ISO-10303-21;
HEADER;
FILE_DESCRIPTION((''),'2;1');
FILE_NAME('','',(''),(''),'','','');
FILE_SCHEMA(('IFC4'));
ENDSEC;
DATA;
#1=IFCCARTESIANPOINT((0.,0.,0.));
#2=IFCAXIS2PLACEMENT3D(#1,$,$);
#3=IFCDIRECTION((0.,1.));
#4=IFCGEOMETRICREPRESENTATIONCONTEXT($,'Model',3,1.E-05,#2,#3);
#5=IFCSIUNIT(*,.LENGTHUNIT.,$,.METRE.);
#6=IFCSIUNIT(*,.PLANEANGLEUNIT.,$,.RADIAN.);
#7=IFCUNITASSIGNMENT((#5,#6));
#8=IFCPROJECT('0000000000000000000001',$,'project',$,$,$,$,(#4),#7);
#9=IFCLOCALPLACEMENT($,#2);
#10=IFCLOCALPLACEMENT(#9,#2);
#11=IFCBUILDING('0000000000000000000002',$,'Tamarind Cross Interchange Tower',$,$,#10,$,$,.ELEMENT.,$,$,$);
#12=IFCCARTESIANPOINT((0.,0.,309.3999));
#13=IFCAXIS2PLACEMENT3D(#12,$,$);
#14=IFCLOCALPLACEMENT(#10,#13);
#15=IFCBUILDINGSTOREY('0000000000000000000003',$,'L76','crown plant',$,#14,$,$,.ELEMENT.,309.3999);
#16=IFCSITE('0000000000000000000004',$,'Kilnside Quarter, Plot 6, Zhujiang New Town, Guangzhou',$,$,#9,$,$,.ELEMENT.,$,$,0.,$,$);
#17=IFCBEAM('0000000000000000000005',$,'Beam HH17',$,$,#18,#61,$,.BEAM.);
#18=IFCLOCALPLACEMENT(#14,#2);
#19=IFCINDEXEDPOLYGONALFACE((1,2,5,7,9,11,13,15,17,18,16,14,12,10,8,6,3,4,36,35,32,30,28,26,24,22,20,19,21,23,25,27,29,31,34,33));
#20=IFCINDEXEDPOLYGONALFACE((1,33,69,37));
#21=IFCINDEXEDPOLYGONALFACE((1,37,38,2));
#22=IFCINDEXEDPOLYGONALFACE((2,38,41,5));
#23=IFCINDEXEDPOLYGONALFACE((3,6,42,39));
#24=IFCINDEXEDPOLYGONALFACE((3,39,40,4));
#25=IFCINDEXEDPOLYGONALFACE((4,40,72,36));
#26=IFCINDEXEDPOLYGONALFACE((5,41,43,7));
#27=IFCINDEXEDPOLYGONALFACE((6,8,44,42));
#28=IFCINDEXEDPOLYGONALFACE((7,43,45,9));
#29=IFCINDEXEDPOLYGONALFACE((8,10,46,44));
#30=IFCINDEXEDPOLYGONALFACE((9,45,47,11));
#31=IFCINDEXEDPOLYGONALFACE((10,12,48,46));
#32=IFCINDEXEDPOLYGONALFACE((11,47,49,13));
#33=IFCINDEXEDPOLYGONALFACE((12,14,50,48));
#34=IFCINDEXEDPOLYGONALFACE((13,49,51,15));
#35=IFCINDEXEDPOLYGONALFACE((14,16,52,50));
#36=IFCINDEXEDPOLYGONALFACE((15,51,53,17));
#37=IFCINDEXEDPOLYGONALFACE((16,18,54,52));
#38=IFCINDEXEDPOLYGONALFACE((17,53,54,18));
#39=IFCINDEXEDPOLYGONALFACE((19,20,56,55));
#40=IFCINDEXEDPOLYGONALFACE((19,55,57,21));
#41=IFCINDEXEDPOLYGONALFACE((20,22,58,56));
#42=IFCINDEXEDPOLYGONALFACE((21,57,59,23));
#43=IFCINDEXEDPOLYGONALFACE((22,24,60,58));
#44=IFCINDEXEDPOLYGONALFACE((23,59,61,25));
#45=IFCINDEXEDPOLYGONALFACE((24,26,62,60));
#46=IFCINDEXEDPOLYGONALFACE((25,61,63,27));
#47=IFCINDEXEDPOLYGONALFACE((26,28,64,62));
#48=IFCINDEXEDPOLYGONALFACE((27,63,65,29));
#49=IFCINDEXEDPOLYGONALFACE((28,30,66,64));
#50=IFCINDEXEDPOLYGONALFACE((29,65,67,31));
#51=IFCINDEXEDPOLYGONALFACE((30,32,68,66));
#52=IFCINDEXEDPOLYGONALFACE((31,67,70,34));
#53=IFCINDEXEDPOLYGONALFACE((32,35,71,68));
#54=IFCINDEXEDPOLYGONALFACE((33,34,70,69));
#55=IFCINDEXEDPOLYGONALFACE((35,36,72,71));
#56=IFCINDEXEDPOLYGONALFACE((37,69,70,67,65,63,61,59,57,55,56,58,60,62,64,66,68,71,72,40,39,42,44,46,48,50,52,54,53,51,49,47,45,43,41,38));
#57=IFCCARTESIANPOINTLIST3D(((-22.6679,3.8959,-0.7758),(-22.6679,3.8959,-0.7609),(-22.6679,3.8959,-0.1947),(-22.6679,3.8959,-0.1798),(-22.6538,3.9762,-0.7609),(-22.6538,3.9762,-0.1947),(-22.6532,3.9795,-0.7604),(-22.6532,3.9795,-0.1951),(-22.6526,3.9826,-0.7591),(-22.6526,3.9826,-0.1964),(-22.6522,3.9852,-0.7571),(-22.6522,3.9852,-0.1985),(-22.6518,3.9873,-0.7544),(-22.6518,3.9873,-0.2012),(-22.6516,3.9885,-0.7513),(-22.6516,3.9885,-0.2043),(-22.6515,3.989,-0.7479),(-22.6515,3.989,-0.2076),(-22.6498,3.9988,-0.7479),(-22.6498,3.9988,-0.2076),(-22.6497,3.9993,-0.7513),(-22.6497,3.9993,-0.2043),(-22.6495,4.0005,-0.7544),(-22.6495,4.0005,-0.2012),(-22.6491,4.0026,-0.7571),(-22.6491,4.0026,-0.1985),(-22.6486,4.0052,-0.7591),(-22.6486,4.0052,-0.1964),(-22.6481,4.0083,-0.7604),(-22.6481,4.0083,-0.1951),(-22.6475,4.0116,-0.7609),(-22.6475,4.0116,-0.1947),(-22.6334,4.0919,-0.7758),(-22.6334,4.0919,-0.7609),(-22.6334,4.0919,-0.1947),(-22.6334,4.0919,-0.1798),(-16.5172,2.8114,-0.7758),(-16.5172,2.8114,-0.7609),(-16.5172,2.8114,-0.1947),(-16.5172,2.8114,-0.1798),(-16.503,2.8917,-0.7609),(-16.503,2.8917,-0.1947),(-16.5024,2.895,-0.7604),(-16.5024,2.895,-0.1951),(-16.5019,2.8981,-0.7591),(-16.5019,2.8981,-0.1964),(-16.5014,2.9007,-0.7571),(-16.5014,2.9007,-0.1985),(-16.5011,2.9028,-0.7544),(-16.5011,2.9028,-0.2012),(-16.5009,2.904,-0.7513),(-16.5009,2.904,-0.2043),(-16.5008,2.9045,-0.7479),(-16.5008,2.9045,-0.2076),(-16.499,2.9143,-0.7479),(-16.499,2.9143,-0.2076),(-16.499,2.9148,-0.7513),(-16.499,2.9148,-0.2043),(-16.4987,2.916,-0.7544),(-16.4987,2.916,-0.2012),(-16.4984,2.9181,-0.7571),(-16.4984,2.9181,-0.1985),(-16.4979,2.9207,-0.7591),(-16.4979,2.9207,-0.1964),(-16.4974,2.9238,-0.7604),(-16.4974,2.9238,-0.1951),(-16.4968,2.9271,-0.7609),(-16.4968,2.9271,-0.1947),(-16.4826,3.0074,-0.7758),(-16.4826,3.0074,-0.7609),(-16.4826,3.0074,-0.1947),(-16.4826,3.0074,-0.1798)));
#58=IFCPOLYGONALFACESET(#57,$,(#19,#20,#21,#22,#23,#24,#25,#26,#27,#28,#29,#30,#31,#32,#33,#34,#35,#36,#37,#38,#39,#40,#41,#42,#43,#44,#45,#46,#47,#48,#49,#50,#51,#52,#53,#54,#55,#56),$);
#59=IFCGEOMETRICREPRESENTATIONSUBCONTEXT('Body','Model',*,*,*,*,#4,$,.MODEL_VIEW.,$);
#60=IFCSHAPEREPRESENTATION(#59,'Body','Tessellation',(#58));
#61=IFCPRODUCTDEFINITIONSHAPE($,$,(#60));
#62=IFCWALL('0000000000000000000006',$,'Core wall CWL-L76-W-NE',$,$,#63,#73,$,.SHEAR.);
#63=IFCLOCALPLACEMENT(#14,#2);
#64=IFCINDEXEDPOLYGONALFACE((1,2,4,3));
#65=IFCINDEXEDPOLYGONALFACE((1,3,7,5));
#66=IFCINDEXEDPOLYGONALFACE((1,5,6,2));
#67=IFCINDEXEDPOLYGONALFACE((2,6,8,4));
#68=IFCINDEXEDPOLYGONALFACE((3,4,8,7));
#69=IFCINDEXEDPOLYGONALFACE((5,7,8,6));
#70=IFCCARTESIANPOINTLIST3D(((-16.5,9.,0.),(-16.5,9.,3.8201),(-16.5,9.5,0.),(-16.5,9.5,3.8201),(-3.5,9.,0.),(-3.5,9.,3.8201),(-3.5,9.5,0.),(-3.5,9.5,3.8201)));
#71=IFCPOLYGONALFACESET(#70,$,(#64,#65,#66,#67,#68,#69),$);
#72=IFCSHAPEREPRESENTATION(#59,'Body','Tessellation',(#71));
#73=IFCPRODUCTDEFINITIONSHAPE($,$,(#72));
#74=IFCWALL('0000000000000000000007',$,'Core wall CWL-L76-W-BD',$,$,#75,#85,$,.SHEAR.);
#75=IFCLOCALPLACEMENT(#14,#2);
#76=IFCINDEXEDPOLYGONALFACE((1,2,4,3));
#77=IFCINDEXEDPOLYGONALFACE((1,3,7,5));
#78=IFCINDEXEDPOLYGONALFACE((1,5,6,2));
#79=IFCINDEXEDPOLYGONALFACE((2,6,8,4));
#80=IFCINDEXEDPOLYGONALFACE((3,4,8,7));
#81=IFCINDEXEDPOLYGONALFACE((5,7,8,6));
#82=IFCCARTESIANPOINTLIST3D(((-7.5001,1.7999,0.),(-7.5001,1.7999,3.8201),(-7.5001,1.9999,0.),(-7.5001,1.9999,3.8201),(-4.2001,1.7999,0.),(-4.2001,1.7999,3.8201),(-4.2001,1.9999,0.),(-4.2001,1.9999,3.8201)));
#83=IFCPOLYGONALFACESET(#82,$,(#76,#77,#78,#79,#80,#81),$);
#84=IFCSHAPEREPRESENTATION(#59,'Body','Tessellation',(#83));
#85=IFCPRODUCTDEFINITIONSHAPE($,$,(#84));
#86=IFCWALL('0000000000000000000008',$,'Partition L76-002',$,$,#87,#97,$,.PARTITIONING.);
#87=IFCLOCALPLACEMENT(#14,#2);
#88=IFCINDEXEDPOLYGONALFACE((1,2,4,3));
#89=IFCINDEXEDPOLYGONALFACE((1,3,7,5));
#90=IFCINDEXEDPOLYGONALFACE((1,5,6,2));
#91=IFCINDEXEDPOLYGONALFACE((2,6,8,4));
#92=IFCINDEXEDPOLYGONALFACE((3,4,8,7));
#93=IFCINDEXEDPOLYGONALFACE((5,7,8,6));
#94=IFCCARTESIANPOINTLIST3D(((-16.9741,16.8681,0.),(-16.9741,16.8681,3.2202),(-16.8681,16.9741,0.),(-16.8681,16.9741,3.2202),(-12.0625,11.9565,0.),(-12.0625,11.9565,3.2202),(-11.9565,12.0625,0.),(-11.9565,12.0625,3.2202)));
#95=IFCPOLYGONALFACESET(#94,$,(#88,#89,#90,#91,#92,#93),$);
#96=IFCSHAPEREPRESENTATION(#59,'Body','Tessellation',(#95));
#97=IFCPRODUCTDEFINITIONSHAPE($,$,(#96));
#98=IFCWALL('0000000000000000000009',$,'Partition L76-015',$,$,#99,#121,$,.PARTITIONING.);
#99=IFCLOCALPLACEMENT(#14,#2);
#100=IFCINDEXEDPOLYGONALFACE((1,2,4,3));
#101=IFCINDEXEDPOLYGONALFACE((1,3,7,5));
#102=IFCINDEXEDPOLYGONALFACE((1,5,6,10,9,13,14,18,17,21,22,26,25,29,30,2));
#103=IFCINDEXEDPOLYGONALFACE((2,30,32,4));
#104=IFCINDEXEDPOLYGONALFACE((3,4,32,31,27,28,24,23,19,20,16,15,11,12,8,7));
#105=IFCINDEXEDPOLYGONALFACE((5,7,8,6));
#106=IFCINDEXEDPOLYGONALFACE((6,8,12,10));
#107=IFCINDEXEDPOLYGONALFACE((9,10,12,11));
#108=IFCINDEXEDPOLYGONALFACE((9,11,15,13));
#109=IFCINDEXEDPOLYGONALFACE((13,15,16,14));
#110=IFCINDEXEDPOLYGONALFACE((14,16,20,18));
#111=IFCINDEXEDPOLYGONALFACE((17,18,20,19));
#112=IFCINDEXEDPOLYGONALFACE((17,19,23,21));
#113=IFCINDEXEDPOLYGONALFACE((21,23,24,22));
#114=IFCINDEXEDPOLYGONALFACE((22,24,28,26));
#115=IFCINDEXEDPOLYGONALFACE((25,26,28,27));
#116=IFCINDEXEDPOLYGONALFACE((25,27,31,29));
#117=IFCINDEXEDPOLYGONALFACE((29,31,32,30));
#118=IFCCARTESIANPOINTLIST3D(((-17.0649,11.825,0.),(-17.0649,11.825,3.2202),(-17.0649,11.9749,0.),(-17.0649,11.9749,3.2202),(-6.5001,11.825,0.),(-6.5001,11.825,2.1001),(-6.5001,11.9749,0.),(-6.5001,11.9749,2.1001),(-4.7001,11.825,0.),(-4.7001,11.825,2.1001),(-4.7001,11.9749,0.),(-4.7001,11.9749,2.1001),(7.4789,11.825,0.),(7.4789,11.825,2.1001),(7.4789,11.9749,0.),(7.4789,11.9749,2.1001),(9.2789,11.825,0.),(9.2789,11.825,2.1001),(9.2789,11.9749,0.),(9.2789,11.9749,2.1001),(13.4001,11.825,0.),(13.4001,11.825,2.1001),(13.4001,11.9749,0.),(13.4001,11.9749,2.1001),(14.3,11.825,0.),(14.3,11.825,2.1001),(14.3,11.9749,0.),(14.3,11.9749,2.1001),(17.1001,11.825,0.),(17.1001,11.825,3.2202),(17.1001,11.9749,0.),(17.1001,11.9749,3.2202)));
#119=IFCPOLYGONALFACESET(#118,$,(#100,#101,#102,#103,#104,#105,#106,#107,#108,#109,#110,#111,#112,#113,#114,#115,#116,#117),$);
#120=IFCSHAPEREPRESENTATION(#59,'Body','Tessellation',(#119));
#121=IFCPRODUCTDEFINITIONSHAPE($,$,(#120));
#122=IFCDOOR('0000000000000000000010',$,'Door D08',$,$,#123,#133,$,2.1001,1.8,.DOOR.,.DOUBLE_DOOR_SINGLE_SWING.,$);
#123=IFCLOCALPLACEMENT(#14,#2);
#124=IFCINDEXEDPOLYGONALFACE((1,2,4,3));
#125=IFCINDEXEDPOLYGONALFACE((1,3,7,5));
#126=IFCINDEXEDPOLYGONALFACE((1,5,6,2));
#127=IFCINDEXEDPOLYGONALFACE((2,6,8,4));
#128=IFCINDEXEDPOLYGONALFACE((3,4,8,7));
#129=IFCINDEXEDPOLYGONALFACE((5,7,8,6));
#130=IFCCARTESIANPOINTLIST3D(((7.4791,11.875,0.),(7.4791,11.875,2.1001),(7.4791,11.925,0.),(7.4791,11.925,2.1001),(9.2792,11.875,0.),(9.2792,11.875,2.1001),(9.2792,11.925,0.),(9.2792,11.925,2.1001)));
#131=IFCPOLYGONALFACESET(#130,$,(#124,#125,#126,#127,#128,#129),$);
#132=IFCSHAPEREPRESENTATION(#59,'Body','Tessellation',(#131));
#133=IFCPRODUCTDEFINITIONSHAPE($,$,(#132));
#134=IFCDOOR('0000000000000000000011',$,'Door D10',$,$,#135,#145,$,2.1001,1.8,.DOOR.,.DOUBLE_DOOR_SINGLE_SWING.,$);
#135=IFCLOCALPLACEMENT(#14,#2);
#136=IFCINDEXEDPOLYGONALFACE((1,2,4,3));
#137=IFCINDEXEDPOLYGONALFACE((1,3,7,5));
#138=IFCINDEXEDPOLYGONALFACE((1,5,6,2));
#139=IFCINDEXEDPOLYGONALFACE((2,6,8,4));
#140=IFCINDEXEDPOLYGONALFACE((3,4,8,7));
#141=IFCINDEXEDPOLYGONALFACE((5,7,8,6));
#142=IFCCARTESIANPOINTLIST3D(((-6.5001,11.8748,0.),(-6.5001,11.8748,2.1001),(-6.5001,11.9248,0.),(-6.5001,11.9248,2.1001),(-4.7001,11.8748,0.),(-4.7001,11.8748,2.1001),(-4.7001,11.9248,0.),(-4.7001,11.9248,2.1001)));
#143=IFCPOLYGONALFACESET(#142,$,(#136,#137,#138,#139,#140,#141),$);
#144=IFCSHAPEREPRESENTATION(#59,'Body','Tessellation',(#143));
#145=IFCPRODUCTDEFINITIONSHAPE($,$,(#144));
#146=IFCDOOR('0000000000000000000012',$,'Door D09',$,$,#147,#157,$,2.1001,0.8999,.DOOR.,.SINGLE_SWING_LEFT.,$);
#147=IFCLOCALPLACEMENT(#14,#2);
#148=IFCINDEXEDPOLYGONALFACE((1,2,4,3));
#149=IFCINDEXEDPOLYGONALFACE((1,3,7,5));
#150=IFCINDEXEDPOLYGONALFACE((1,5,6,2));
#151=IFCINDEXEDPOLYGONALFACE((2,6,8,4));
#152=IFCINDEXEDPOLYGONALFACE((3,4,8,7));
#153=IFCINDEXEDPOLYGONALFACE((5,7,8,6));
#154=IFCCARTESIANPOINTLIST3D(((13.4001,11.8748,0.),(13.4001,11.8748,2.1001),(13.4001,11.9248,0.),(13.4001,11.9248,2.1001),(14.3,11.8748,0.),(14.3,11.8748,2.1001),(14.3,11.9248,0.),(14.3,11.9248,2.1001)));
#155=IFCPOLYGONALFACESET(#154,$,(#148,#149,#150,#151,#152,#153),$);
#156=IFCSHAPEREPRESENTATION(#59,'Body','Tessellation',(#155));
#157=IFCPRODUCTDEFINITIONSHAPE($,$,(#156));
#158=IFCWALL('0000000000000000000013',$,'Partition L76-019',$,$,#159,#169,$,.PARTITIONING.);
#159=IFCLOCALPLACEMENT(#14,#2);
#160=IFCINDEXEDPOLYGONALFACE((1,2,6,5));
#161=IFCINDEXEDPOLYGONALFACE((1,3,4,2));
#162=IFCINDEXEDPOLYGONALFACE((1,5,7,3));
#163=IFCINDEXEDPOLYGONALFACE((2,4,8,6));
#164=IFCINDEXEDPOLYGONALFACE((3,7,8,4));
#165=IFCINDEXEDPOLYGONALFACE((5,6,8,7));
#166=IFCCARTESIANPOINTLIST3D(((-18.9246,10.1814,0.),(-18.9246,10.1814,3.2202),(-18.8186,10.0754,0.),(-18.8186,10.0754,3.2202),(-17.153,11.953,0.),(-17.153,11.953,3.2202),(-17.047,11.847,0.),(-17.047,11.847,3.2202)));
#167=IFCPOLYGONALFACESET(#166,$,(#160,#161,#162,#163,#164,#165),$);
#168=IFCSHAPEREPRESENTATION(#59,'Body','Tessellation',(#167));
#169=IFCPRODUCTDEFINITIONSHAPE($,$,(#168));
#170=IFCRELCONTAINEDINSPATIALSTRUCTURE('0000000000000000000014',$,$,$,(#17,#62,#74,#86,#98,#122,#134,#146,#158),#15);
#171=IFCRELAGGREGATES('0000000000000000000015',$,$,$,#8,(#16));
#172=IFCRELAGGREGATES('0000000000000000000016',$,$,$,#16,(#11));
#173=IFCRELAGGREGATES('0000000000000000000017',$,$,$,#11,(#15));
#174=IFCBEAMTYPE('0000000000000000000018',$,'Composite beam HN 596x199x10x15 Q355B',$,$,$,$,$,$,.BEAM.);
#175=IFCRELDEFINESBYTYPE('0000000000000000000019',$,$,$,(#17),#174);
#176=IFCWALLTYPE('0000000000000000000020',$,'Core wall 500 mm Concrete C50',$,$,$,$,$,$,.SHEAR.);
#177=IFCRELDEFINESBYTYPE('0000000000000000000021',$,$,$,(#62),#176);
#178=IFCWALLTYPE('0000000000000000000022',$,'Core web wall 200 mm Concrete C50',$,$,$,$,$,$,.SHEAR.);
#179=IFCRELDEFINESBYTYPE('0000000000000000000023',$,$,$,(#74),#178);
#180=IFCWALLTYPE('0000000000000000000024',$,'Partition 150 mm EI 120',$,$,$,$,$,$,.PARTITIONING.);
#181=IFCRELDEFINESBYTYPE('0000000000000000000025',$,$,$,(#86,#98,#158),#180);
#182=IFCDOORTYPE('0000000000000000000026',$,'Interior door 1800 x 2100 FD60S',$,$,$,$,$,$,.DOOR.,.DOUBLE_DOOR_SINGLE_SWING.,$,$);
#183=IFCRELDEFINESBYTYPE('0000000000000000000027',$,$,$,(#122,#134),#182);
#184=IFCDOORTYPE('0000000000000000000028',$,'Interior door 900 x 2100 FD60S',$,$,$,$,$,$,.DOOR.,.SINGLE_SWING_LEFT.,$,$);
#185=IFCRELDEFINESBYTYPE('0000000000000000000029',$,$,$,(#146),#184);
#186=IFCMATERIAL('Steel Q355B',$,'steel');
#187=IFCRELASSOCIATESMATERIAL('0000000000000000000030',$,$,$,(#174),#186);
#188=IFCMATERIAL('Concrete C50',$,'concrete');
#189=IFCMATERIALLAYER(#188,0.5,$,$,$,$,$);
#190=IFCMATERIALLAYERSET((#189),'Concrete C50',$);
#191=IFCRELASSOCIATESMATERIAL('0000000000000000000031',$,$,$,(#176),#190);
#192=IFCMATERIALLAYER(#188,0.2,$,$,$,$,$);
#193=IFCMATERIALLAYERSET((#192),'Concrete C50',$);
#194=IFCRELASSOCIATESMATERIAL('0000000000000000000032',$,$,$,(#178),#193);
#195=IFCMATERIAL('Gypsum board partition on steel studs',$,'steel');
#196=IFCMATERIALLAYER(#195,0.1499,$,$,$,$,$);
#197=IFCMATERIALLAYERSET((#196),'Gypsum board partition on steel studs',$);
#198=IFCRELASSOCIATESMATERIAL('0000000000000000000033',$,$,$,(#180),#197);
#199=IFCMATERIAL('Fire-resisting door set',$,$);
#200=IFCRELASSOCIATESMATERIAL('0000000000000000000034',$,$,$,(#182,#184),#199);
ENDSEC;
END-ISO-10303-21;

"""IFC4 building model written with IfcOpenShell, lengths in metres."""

from ifc_helpers import new_model, si_unit, direction, frame, frame_2d, origin, origin_2d, place, context, subcontext, project, spatial, rectangle, i_section, extrude, material, layer, layer_set, material_profile, profile_set, type_object, element, fill, save


model = new_model("IFC4")

# Units and contexts
model_context = context("Model", 3, precision=1e-05, world=origin(), true_north=direction((0.0, 1.0)))
body_context = subcontext(model_context, "Body", "Model", "MODEL_VIEW")
ifc_project = project(units=[si_unit("LENGTHUNIT", "METRE"), si_unit("PLANEANGLEUNIT", "RADIAN")], contexts=[model_context])

# Site, building, storey
site_placement = place(None, origin())
site = spatial("IfcSite", under=ifc_project, at=site_placement, Name="Kilnside Quarter, Plot 6, Zhujiang New Town, Guangzhou", CompositionType="ELEMENT", RefElevation=0.0)
building_placement = place(site_placement, origin())
building = spatial("IfcBuilding", under=site, at=building_placement, Name="Tamarind Cross Interchange Tower", CompositionType="ELEMENT")
storey_placement = place(building_placement, frame((0.0, 0.0, 309.3999)))
storey = spatial("IfcBuildingStorey", under=building, at=storey_placement, Name="L76", Description="crown plant", CompositionType="ELEMENT", Elevation=309.3999)

# Beam
ifc_material_1 = material(Name="Steel Q355B", Category="steel")
ifc_material_profile_1 = material_profile(ifc_material_1, i_section(OverallWidth=0.199, OverallDepth=0.5959, WebThickness=0.01, FlangeThickness=0.0149, FilletRadius=0.0129, at=origin_2d()), Name="HN 596x199x10x15")
ifc_profile_set_1 = profile_set([ifc_material_profile_1], Name="Steel Q355B")
beam_type = type_object("IfcBeamType", Name="Composite beam HN 596x199x10x15 Q355B", PredefinedType="BEAM", material=ifc_profile_set_1)
beam_1_placement = place(storey_placement, frame((-22.6506, 3.9939, -0.4778), z_axis=(0.984809, -0.17364, 0.0), x_axis=(0.17364, 0.984809, 0.0)))
element("IfcBeam", 1, at=beam_1_placement, inside=storey, type_object=beam_type, Name="Beam HH17", PredefinedType="BEAM", context=body_context, shape_type="SweptSolid", body=[
    extrude(i_section(OverallWidth=0.199, OverallDepth=0.5959, WebThickness=0.01, FlangeThickness=0.0149, FilletRadius=0.0129, at=origin_2d()), origin(), (0.0, 0.0, 1.0), 6.2456),
])

# Walls
ifc_material_2 = material(Name="Concrete C50", Category="concrete")
ifc_layer_1 = layer(ifc_material_2, 0.5)
ifc_layer_set_1 = layer_set([ifc_layer_1], Name="Concrete C50")
wall_type_1 = type_object("IfcWallType", Name="Core wall 500 mm Concrete C50", PredefinedType="SHEAR", material=ifc_layer_set_1)
wall_1_placement = place(storey_placement, frame((-16.5, 9.25, 0.0), z_axis=(0.0, 0.0, 1.0), x_axis=(1.0, 0.0, 0.0)))
element("IfcWall", 2, at=wall_1_placement, inside=storey, type_object=wall_type_1, Name="Core wall CWL-L76-W-NE", PredefinedType="SHEAR", context=body_context, shape_type="SweptSolid", body=[
    extrude(rectangle(XDim=13.0, YDim=0.5, at=frame_2d((6.5, 0.0))), origin(), (0.0, 0.0, 1.0), 3.8201),
])
ifc_layer_2 = layer(ifc_material_2, 0.2)
ifc_layer_set_2 = layer_set([ifc_layer_2], Name="Concrete C50")
wall_type_2 = type_object("IfcWallType", Name="Core web wall 200 mm Concrete C50", PredefinedType="SHEAR", material=ifc_layer_set_2)
wall_2_placement = place(storey_placement, frame((-7.5, 1.8999, 0.0), z_axis=(0.0, 0.0, 1.0), x_axis=(1.0, 0.0, 0.0)))
element("IfcWall", 3, at=wall_2_placement, inside=storey, type_object=wall_type_2, Name="Core wall CWL-L76-W-BD", PredefinedType="SHEAR", context=body_context, shape_type="SweptSolid", body=[
    extrude(rectangle(XDim=3.3, YDim=0.2, at=frame_2d((1.6499, 0.0))), origin(), (0.0, 0.0, 1.0), 3.8201),
])
ifc_material_3 = material(Name="Gypsum board partition on steel studs", Category="steel")
ifc_layer_3 = layer(ifc_material_3, 0.1499)
ifc_layer_set_3 = layer_set([ifc_layer_3], Name="Gypsum board partition on steel studs")
wall_type_3 = type_object("IfcWallType", Name="Partition 150 mm EI 120", PredefinedType="PARTITIONING", material=ifc_layer_set_3)
wall_3_placement = place(storey_placement, frame((-16.9211, 16.9211, 0.0), z_axis=(0.0, 0.0, 1.0), x_axis=(0.707107, -0.707107, 0.0)))
element("IfcWall", 4, at=wall_3_placement, inside=storey, type_object=wall_type_3, Name="Partition L76-002", PredefinedType="PARTITIONING", context=body_context, shape_type="SweptSolid", body=[
    extrude(rectangle(XDim=6.946, YDim=0.1499, at=frame_2d((3.4731, 0.0))), origin(), (0.0, 0.0, 1.0), 3.2202),
])

# Wall, openings, doors
wall_4_placement = place(storey_placement, frame((-17.0649, 11.8999, 0.0), z_axis=(0.0, 0.0, 1.0), x_axis=(1.0, 0.0, 0.0)))
wall_4 = element("IfcWall", 5, at=wall_4_placement, inside=storey, type_object=wall_type_3, Name="Partition L76-015", PredefinedType="PARTITIONING", context=body_context, shape_type="SweptSolid", body=[
    extrude(rectangle(XDim=34.165, YDim=0.1499, at=frame_2d((17.0825, 0.0))), origin(), (0.0, 0.0, 1.0), 3.2202),
])
opening_1_placement = place(wall_4_placement, frame((24.5439, 0.0, 0.0)))
opening_1 = element("IfcOpeningElement", 6, at=opening_1_placement, cuts=wall_4, PredefinedType="OPENING", context=body_context, shape_type="SweptSolid", body=[
    extrude(rectangle(XDim=1.8, YDim=2.1001, at=frame_2d((0.8999, 1.05))), frame((0.0, 0.085, 0.0), z_axis=(0.0, -1.0, 0.0), x_axis=(1.0, 0.0, 0.0)), (0.0, 0.0, 1.0), 0.1699),
])
opening_2_placement = place(wall_4_placement, frame((30.4651, 0.0, 0.0)))
opening_2 = element("IfcOpeningElement", 7, at=opening_2_placement, cuts=wall_4, PredefinedType="OPENING", context=body_context, shape_type="SweptSolid", body=[
    extrude(rectangle(XDim=0.8999, YDim=2.1001, at=frame_2d((0.45, 1.05))), frame((0.0, 0.085, 0.0), z_axis=(0.0, -1.0, 0.0), x_axis=(1.0, 0.0, 0.0)), (0.0, 0.0, 1.0), 0.1699),
])
opening_3_placement = place(wall_4_placement, frame((10.5649, 0.0, 0.0)))
opening_3 = element("IfcOpeningElement", 8, at=opening_3_placement, cuts=wall_4, PredefinedType="OPENING", context=body_context, shape_type="SweptSolid", body=[
    extrude(rectangle(XDim=1.8, YDim=2.1001, at=frame_2d((0.8999, 1.05))), frame((0.0, 0.085, 0.0), z_axis=(0.0, -1.0, 0.0), x_axis=(1.0, 0.0, 0.0)), (0.0, 0.0, 1.0), 0.1699),
])
ifc_material_4 = material(Name="Fire-resisting door set")
door_type_1 = type_object("IfcDoorType", Name="Interior door 1800 x 2100 FD60S", OperationType="DOUBLE_DOOR_SINGLE_SWING", PredefinedType="DOOR", material=ifc_material_4)
door_1_placement = place(opening_1_placement, frame((1.8, 0.0, 0.0), z_axis=(0.0, 0.0, 1.0), x_axis=(-1.0, 0.0, 0.0)))
door_1 = element("IfcDoor", 9, at=door_1_placement, inside=storey, type_object=door_type_1, Name="Door D08", OperationType="DOUBLE_DOOR_SINGLE_SWING", OverallHeight=2.1001, OverallWidth=1.8, PredefinedType="DOOR", context=body_context, shape_type="SweptSolid", body=[
    extrude(rectangle(XDim=1.8, YDim=2.1001, at=frame_2d((0.8999, 1.05))), frame((0.0, 0.0249, 0.0), z_axis=(0.0, -1.0, 0.0), x_axis=(1.0, 0.0, 0.0)), (0.0, 0.0, 1.0), 0.05),
])
fill(opening_1, door_1)
door_2_placement = place(opening_3_placement, origin())
door_2 = element("IfcDoor", 10, at=door_2_placement, inside=storey, type_object=door_type_1, Name="Door D10", OperationType="DOUBLE_DOOR_SINGLE_SWING", OverallHeight=2.1001, OverallWidth=1.8, PredefinedType="DOOR", context=body_context, shape_type="SweptSolid", body=[
    extrude(rectangle(XDim=1.8, YDim=2.1001, at=frame_2d((0.8999, 1.05))), frame((0.0, 0.0249, 0.0), z_axis=(0.0, -1.0, 0.0), x_axis=(1.0, 0.0, 0.0)), (0.0, 0.0, 1.0), 0.05),
])
fill(opening_3, door_2)
door_type_2 = type_object("IfcDoorType", Name="Interior door 900 x 2100 FD60S", OperationType="SINGLE_SWING_LEFT", PredefinedType="DOOR", material=ifc_material_4)
door_3_placement = place(opening_2_placement, origin())
door_3 = element("IfcDoor", 11, at=door_3_placement, inside=storey, type_object=door_type_2, Name="Door D09", OperationType="SINGLE_SWING_LEFT", OverallHeight=2.1001, OverallWidth=0.8999, PredefinedType="DOOR", context=body_context, shape_type="SweptSolid", body=[
    extrude(rectangle(XDim=0.8999, YDim=2.1001, at=frame_2d((0.45, 1.05))), frame((0.0, 0.0249, 0.0), z_axis=(0.0, -1.0, 0.0), x_axis=(1.0, 0.0, 0.0)), (0.0, 0.0, 1.0), 0.05),
])
fill(opening_2, door_3)

# Wall
wall_5_placement = place(storey_placement, frame((-18.8716, 10.1284, 0.0), z_axis=(0.0, 0.0, 1.0), x_axis=(0.707107, 0.707107, 0.0)))
element("IfcWall", 12, at=wall_5_placement, inside=storey, type_object=wall_type_3, Name="Partition L76-019", PredefinedType="PARTITIONING", context=body_context, shape_type="SweptSolid", body=[
    extrude(rectangle(XDim=2.5054, YDim=0.1499, at=frame_2d((1.2527, 0.0))), origin(), (0.0, 0.0, 1.0), 3.2202),
])

save(model, "model.ifc")
